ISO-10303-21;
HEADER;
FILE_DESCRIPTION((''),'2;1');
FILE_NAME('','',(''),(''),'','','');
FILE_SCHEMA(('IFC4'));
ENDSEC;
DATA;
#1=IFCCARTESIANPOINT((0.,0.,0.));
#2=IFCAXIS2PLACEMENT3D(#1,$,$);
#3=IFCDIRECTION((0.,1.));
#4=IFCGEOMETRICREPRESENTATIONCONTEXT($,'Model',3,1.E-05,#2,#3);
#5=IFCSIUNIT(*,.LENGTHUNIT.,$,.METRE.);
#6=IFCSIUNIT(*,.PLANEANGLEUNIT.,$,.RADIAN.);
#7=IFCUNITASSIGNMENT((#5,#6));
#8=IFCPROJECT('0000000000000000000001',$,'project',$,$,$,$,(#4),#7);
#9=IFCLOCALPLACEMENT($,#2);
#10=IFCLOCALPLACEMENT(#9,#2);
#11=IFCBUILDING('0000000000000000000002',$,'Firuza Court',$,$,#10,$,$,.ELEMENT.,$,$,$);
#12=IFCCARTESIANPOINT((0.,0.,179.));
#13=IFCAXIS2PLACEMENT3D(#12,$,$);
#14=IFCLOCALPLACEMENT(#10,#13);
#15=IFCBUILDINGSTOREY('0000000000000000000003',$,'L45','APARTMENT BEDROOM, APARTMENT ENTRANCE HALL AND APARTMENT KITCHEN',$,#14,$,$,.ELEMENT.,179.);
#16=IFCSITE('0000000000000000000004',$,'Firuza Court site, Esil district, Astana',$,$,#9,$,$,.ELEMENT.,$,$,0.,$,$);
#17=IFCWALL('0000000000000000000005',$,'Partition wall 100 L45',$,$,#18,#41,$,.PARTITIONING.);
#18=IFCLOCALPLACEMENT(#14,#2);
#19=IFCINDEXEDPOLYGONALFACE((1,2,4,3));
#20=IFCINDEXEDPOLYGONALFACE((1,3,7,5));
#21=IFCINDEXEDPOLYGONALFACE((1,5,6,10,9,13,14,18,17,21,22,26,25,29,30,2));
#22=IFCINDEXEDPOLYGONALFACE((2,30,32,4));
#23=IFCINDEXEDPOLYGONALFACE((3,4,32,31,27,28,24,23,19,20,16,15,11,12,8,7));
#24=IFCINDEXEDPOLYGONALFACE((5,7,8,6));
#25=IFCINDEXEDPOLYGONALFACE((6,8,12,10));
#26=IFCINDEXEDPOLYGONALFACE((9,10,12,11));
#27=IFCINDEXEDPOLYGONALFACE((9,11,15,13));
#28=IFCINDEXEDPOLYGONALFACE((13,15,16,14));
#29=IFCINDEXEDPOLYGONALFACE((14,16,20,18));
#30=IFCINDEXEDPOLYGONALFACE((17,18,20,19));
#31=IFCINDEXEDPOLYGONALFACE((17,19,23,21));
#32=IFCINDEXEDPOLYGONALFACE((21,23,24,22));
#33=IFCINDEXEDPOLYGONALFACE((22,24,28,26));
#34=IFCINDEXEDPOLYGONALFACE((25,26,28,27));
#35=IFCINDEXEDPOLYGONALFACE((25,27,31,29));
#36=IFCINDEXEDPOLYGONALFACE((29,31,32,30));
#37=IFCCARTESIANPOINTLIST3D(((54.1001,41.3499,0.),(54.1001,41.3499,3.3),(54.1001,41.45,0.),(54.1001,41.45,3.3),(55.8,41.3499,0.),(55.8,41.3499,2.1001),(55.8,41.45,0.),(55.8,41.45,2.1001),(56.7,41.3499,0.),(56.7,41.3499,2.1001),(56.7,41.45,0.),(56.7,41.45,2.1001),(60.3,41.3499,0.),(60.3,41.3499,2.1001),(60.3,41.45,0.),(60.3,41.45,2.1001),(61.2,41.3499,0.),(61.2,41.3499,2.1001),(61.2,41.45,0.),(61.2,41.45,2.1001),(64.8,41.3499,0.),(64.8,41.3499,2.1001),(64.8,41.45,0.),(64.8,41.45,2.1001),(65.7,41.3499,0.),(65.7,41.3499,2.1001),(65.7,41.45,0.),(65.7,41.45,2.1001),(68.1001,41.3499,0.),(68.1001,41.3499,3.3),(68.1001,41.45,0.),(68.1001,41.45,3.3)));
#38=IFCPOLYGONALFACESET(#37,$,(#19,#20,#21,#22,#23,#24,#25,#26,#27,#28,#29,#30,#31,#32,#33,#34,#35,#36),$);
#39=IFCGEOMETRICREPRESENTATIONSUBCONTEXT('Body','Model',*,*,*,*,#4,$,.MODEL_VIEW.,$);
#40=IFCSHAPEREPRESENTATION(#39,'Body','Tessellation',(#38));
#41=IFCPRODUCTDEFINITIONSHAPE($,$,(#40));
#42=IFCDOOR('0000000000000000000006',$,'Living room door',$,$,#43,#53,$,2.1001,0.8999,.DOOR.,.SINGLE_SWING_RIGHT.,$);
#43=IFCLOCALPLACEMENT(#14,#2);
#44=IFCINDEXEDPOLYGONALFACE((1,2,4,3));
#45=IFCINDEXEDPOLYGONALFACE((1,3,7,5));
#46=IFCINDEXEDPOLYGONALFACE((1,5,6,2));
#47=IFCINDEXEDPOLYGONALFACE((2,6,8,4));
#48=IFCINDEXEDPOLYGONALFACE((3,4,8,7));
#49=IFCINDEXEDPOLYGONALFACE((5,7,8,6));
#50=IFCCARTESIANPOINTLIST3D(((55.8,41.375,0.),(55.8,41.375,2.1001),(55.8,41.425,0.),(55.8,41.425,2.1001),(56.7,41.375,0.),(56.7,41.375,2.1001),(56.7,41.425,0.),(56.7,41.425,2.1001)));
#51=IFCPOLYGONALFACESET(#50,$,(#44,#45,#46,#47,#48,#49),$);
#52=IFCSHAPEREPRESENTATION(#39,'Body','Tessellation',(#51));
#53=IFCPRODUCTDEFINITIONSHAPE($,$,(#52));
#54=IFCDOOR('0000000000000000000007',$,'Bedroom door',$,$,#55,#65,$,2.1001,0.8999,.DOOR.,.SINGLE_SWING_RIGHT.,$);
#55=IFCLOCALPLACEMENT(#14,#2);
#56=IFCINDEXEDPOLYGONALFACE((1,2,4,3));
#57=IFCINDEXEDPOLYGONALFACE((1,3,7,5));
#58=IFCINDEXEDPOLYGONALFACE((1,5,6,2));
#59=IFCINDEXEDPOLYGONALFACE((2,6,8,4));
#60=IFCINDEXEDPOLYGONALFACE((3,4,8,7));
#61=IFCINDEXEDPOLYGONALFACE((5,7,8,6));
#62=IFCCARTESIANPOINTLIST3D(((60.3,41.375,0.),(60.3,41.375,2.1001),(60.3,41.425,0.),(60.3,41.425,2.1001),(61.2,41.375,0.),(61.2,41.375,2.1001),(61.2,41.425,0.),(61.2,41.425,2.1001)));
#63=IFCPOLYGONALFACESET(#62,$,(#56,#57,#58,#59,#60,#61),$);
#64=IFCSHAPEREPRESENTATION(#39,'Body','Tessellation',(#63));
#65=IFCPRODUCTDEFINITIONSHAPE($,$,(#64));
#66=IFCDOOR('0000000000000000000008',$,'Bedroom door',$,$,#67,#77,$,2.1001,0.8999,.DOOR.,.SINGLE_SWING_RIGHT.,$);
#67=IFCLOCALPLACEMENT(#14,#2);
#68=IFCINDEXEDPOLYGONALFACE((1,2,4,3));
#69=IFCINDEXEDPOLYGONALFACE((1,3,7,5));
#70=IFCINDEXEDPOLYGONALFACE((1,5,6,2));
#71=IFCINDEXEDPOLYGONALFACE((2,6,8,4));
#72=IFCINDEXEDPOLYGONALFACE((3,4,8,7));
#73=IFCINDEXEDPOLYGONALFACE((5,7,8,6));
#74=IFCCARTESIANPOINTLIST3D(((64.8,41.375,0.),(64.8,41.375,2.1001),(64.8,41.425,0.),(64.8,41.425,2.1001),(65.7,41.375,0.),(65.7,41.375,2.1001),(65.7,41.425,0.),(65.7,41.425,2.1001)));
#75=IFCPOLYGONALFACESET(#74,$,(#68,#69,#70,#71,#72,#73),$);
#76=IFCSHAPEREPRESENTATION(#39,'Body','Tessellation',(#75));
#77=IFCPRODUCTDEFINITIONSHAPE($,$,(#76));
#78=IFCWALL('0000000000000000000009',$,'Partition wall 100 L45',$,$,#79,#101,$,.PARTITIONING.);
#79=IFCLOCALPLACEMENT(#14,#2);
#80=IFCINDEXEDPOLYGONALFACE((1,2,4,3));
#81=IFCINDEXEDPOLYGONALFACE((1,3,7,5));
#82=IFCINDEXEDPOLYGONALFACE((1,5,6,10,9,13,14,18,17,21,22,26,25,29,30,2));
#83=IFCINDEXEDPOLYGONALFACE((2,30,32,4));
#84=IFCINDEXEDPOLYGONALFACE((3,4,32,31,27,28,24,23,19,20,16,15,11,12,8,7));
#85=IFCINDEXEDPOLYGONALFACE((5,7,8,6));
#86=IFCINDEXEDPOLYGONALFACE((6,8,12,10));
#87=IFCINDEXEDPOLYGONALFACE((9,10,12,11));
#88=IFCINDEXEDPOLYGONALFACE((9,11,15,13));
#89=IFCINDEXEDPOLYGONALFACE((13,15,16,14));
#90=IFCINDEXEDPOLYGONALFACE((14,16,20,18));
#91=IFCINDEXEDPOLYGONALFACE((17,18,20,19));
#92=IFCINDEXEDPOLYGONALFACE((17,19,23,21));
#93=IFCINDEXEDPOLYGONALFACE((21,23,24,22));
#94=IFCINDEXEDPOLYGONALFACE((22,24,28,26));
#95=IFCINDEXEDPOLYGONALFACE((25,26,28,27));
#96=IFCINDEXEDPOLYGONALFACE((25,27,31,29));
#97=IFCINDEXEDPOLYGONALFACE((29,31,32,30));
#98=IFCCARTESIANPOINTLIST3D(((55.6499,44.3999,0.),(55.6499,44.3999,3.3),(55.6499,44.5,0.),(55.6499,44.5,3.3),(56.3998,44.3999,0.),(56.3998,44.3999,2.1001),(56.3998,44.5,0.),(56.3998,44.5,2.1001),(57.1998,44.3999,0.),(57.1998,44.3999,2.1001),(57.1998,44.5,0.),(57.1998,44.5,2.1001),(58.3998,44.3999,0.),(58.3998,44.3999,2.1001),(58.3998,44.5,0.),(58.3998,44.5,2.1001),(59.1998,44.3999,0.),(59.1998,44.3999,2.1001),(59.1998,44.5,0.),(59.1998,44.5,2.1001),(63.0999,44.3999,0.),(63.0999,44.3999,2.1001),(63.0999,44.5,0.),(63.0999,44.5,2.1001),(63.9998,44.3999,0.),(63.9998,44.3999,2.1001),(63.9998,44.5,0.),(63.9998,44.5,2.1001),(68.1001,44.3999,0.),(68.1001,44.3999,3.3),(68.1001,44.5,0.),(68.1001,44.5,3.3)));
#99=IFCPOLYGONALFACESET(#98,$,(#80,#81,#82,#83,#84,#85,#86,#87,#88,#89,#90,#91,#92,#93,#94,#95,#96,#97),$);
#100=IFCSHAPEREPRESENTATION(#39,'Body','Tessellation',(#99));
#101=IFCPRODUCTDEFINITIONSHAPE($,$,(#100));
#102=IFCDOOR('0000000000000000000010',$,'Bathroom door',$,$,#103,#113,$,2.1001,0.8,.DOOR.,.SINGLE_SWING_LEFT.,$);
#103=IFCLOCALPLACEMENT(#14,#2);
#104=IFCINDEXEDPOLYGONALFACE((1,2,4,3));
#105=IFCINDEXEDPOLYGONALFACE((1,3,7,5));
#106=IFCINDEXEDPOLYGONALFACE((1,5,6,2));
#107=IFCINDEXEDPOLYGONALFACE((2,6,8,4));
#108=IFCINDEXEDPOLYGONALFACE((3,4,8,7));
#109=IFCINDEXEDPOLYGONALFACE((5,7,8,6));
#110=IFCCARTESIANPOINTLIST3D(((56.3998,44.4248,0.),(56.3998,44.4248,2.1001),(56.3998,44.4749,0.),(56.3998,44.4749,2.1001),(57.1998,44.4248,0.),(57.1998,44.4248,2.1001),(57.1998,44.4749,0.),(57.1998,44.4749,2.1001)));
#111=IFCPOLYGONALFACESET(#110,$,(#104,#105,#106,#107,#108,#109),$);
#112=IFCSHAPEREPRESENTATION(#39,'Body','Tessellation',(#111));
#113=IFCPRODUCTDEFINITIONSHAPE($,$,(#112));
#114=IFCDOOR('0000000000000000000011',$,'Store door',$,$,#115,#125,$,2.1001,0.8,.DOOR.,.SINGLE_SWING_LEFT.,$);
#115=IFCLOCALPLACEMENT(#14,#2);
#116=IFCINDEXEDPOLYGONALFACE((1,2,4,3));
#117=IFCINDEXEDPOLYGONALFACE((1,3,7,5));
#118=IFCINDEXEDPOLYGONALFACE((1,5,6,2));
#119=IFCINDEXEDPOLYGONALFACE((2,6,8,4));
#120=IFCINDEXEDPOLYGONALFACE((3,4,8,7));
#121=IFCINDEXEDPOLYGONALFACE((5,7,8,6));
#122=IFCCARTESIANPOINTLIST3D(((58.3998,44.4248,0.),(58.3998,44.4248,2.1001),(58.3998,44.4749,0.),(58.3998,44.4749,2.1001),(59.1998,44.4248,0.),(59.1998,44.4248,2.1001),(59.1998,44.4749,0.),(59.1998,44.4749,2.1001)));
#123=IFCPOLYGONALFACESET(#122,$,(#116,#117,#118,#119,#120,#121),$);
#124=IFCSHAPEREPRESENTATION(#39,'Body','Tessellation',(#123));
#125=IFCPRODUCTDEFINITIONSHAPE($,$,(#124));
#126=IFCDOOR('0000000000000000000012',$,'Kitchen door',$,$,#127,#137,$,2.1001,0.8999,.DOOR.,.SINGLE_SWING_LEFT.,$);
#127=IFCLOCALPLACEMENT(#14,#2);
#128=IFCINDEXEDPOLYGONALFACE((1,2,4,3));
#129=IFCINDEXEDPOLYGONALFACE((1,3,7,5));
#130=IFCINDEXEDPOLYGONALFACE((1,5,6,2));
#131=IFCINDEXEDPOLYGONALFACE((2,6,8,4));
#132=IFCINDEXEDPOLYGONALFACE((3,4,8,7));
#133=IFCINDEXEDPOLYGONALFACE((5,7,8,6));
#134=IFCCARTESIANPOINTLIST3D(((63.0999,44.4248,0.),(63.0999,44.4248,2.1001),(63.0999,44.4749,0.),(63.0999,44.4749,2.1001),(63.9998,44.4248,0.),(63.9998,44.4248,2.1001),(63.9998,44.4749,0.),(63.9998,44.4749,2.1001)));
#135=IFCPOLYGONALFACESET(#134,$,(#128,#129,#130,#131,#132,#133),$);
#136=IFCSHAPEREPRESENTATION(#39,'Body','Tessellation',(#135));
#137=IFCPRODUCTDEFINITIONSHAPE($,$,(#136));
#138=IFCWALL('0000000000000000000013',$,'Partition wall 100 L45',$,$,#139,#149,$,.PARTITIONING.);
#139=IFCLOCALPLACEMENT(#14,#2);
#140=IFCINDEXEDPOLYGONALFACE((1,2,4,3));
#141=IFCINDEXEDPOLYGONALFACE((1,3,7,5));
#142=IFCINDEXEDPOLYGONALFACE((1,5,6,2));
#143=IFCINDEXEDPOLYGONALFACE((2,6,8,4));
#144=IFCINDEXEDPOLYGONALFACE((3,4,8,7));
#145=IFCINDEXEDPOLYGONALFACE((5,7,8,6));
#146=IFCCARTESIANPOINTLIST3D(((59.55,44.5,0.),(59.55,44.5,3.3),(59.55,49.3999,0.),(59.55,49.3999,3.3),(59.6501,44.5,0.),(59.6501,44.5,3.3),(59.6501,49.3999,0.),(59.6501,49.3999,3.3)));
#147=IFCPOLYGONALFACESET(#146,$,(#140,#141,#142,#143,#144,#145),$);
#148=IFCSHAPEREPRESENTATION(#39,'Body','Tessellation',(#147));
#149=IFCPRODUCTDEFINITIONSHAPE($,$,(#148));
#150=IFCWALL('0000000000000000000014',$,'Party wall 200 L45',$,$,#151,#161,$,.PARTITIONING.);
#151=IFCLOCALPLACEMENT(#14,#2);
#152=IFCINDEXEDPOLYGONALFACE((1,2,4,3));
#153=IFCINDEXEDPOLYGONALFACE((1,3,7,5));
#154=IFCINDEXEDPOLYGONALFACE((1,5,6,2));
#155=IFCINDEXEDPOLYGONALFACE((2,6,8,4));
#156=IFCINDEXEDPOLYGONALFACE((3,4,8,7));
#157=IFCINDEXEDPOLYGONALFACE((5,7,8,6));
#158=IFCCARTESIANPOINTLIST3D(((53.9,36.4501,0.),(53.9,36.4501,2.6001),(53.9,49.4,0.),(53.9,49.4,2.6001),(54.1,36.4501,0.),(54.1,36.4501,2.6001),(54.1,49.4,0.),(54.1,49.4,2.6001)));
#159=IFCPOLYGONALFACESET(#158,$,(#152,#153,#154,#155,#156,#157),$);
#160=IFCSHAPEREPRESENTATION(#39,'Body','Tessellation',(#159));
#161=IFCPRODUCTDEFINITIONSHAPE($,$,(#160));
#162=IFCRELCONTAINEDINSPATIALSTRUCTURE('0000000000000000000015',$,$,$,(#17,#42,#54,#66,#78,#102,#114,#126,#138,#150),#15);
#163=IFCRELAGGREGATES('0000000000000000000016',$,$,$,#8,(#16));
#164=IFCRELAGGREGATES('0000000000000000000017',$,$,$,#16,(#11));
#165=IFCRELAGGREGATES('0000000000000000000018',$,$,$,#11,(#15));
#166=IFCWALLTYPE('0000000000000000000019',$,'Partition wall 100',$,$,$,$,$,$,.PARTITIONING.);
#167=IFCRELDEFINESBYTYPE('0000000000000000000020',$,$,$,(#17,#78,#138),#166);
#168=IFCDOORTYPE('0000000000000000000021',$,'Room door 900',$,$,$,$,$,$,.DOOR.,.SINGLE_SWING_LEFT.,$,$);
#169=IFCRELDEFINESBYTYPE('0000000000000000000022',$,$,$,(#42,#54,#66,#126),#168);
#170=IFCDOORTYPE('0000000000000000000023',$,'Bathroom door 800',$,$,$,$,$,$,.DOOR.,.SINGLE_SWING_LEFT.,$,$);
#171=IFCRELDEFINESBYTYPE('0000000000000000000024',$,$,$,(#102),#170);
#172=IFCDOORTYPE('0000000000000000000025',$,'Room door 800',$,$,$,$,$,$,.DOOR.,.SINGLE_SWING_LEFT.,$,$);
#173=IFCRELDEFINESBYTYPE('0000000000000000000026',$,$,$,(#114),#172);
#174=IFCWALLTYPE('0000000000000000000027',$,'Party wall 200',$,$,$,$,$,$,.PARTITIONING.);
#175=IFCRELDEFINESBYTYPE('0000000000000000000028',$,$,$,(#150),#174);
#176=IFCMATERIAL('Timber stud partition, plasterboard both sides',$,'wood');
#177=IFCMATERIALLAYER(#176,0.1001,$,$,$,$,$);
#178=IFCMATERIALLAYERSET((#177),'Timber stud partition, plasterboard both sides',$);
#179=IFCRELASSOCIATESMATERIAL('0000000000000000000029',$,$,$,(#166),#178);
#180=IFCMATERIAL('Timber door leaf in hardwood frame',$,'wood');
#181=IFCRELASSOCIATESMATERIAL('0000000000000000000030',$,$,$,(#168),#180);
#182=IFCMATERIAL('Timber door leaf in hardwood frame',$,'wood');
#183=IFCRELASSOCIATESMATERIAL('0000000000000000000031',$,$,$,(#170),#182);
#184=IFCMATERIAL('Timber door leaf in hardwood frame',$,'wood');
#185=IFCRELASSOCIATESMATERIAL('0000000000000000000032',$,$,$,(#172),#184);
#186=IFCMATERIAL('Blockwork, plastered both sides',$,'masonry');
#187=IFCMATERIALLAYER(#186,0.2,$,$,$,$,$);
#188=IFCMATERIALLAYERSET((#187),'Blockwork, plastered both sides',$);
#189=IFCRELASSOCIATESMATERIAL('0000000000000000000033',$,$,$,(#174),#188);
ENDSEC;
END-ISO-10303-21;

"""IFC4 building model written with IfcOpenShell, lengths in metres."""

from ifc_helpers import new_model, si_unit, direction, frame, frame_2d, origin, place, context, subcontext, project, spatial, rectangle, extrude, material, layer, layer_set, type_object, element, fill, save


model = new_model("IFC4")

# Units and contexts
model_context = context("Model", 3, precision=1e-05, world=origin(), true_north=direction((0.0, 1.0)))
body_context = subcontext(model_context, "Body", "Model", "MODEL_VIEW")
ifc_project = project(units=[si_unit("LENGTHUNIT", "METRE"), si_unit("PLANEANGLEUNIT", "RADIAN")], contexts=[model_context])

# Site, building, storey
site_placement = place(None, origin())
site = spatial("IfcSite", under=ifc_project, at=site_placement, Name="Firuza Court site, Esil district, Astana", CompositionType="ELEMENT", RefElevation=0.0)
building_placement = place(site_placement, origin())
building = spatial("IfcBuilding", under=site, at=building_placement, Name="Firuza Court", CompositionType="ELEMENT")
storey_placement = place(building_placement, frame((0.0, 0.0, 179.0)))
storey = spatial("IfcBuildingStorey", under=building, at=storey_placement, Name="L45", Description="APARTMENT BEDROOM, APARTMENT ENTRANCE HALL AND APARTMENT KITCHEN", CompositionType="ELEMENT", Elevation=179.0)

# Shared definitions
ifc_material_1 = material(Name="Timber stud partition, plasterboard both sides", Category="wood")
ifc_layer_1 = layer(ifc_material_1, 0.1001)
ifc_layer_set_1 = layer_set([ifc_layer_1], Name="Timber stud partition, plasterboard both sides")
wall_type_1 = type_object("IfcWallType", Name="Partition wall 100", PredefinedType="PARTITIONING", material=ifc_layer_set_1)

# Walls, openings, doors
wall_1_placement = place(storey_placement, frame((54.1001, 41.3999, 0.0), z_axis=(0.0, 0.0, 1.0), x_axis=(1.0, 0.0, 0.0)))
wall_1 = element("IfcWall", 1, at=wall_1_placement, inside=storey, type_object=wall_type_1, Name="Partition wall 100 L45", PredefinedType="PARTITIONING", context=body_context, shape_type="SweptSolid", body=[
    extrude(rectangle(XDim=14.0, YDim=0.1001, at=frame_2d((7.0, 0.0))), origin(), (0.0, 0.0, 1.0), 3.3),
])
opening_1_placement = place(wall_1_placement, frame((1.7, 0.0, 0.0)))
opening_1 = element("IfcOpeningElement", 2, at=opening_1_placement, cuts=wall_1, PredefinedType="OPENING", context=body_context, shape_type="SweptSolid", body=[
    extrude(rectangle(XDim=0.8999, YDim=2.1001, at=frame_2d((0.45, 1.05))), frame((0.0, 0.062, 0.0), z_axis=(0.0, -1.0, 0.0), x_axis=(1.0, 0.0, 0.0)), (0.0, 0.0, 1.0), 0.124),
])
opening_2_placement = place(wall_1_placement, frame((6.2, 0.0, 0.0)))
opening_2 = element("IfcOpeningElement", 3, at=opening_2_placement, cuts=wall_1, PredefinedType="OPENING", context=body_context, shape_type="SweptSolid", body=[
    extrude(rectangle(XDim=0.8999, YDim=2.1001, at=frame_2d((0.45, 1.05))), frame((0.0, 0.062, 0.0), z_axis=(0.0, -1.0, 0.0), x_axis=(1.0, 0.0, 0.0)), (0.0, 0.0, 1.0), 0.124),
])
opening_3_placement = place(wall_1_placement, frame((10.7, 0.0, 0.0)))
opening_3 = element("IfcOpeningElement", 4, at=opening_3_placement, cuts=wall_1, PredefinedType="OPENING", context=body_context, shape_type="SweptSolid", body=[
    extrude(rectangle(XDim=0.8999, YDim=2.1001, at=frame_2d((0.45, 1.05))), frame((0.0, 0.062, 0.0), z_axis=(0.0, -1.0, 0.0), x_axis=(1.0, 0.0, 0.0)), (0.0, 0.0, 1.0), 0.124),
])
ifc_material_2 = material(Name="Timber door leaf in hardwood frame", Category="wood")
door_type_1 = type_object("IfcDoorType", Name="Room door 900", OperationType="SINGLE_SWING_LEFT", PredefinedType="DOOR", material=ifc_material_2)
door_1_placement = place(opening_1_placement, frame((0.8999, 0.0, 0.0), z_axis=(0.0, 0.0, 1.0), x_axis=(-1.0, 0.0, 0.0)))
door_1 = element("IfcDoor", 5, at=door_1_placement, inside=storey, type_object=door_type_1, Name="Living room door", OperationType="SINGLE_SWING_RIGHT", OverallHeight=2.1001, OverallWidth=0.8999, PredefinedType="DOOR", context=body_context, shape_type="SweptSolid", body=[
    extrude(rectangle(XDim=0.8999, YDim=2.1001, at=frame_2d((0.45, 1.05))), frame((0.0, 0.0249, 0.0), z_axis=(0.0, -1.0, 0.0), x_axis=(1.0, 0.0, 0.0)), (0.0, 0.0, 1.0), 0.05),
])
fill(opening_1, door_1)
door_2_placement = place(opening_2_placement, frame((0.8999, 0.0, 0.0), z_axis=(0.0, 0.0, 1.0), x_axis=(-1.0, 0.0, 0.0)))
door_2 = element("IfcDoor", 6, at=door_2_placement, inside=storey, type_object=door_type_1, Name="Bedroom door", OperationType="SINGLE_SWING_RIGHT", OverallHeight=2.1001, OverallWidth=0.8999, PredefinedType="DOOR", context=body_context, shape_type="SweptSolid", body=[
    extrude(rectangle(XDim=0.8999, YDim=2.1001, at=frame_2d((0.45, 1.05))), frame((0.0, 0.0249, 0.0), z_axis=(0.0, -1.0, 0.0), x_axis=(1.0, 0.0, 0.0)), (0.0, 0.0, 1.0), 0.05),
])
fill(opening_2, door_2)
door_3_placement = place(opening_3_placement, frame((0.8999, 0.0, 0.0), z_axis=(0.0, 0.0, 1.0), x_axis=(-1.0, 0.0, 0.0)))
door_3 = element("IfcDoor", 7, at=door_3_placement, inside=storey, type_object=door_type_1, Name="Bedroom door", OperationType="SINGLE_SWING_RIGHT", OverallHeight=2.1001, OverallWidth=0.8999, PredefinedType="DOOR", context=body_context, shape_type="SweptSolid", body=[
    extrude(rectangle(XDim=0.8999, YDim=2.1001, at=frame_2d((0.45, 1.05))), frame((0.0, 0.0249, 0.0), z_axis=(0.0, -1.0, 0.0), x_axis=(1.0, 0.0, 0.0)), (0.0, 0.0, 1.0), 0.05),
])
fill(opening_3, door_3)
wall_2_placement = place(storey_placement, frame((55.6499, 44.45, 0.0), z_axis=(0.0, 0.0, 1.0), x_axis=(1.0, 0.0, 0.0)))
wall_2 = element("IfcWall", 8, at=wall_2_placement, inside=storey, type_object=wall_type_1, Name="Partition wall 100 L45", PredefinedType="PARTITIONING", context=body_context, shape_type="SweptSolid", body=[
    extrude(rectangle(XDim=12.4502, YDim=0.1001, at=frame_2d((6.2251, 0.0))), origin(), (0.0, 0.0, 1.0), 3.3),
])
opening_4_placement = place(wall_2_placement, frame((0.75, 0.0, 0.0)))
opening_4 = element("IfcOpeningElement", 9, at=opening_4_placement, cuts=wall_2, PredefinedType="OPENING", context=body_context, shape_type="SweptSolid", body=[
    extrude(rectangle(XDim=0.8, YDim=2.1001, at=frame_2d((0.3999, 1.05))), frame((0.0, 0.062, 0.0), z_axis=(0.0, -1.0, 0.0), x_axis=(1.0, 0.0, 0.0)), (0.0, 0.0, 1.0), 0.124),
])
opening_5_placement = place(wall_2_placement, frame((7.45, 0.0, 0.0)))
opening_5 = element("IfcOpeningElement", 10, at=opening_5_placement, cuts=wall_2, PredefinedType="OPENING", context=body_context, shape_type="SweptSolid", body=[
    extrude(rectangle(XDim=0.8999, YDim=2.1001, at=frame_2d((0.45, 1.05))), frame((0.0, 0.062, 0.0), z_axis=(0.0, -1.0, 0.0), x_axis=(1.0, 0.0, 0.0)), (0.0, 0.0, 1.0), 0.124),
])
opening_6_placement = place(wall_2_placement, frame((2.75, 0.0, 0.0)))
opening_6 = element("IfcOpeningElement", 11, at=opening_6_placement, cuts=wall_2, PredefinedType="OPENING", context=body_context, shape_type="SweptSolid", body=[
    extrude(rectangle(XDim=0.8, YDim=2.1001, at=frame_2d((0.3999, 1.05))), frame((0.0, 0.062, 0.0), z_axis=(0.0, -1.0, 0.0), x_axis=(1.0, 0.0, 0.0)), (0.0, 0.0, 1.0), 0.124),
])
ifc_material_3 = material(Name="Timber door leaf in hardwood frame", Category="wood")
door_type_2 = type_object("IfcDoorType", Name="Bathroom door 800", OperationType="SINGLE_SWING_LEFT", PredefinedType="DOOR", material=ifc_material_3)
door_4_placement = place(opening_4_placement, origin())
door_4 = element("IfcDoor", 12, at=door_4_placement, inside=storey, type_object=door_type_2, Name="Bathroom door", OperationType="SINGLE_SWING_LEFT", OverallHeight=2.1001, OverallWidth=0.8, PredefinedType="DOOR", context=body_context, shape_type="SweptSolid", body=[
    extrude(rectangle(XDim=0.8, YDim=2.1001, at=frame_2d((0.3999, 1.05))), frame((0.0, 0.0249, 0.0), z_axis=(0.0, -1.0, 0.0), x_axis=(1.0, 0.0, 0.0)), (0.0, 0.0, 1.0), 0.05),
])
fill(opening_4, door_4)
ifc_material_4 = material(Name="Timber door leaf in hardwood frame", Category="wood")
door_type_3 = type_object("IfcDoorType", Name="Room door 800", OperationType="SINGLE_SWING_LEFT", PredefinedType="DOOR", material=ifc_material_4)
door_5_placement = place(opening_6_placement, origin())
door_5 = element("IfcDoor", 13, at=door_5_placement, inside=storey, type_object=door_type_3, Name="Store door", OperationType="SINGLE_SWING_LEFT", OverallHeight=2.1001, OverallWidth=0.8, PredefinedType="DOOR", context=body_context, shape_type="SweptSolid", body=[
    extrude(rectangle(XDim=0.8, YDim=2.1001, at=frame_2d((0.3999, 1.05))), frame((0.0, 0.0249, 0.0), z_axis=(0.0, -1.0, 0.0), x_axis=(1.0, 0.0, 0.0)), (0.0, 0.0, 1.0), 0.05),
])
fill(opening_6, door_5)
door_6_placement = place(opening_5_placement, origin())
door_6 = element("IfcDoor", 14, at=door_6_placement, inside=storey, type_object=door_type_1, Name="Kitchen door", OperationType="SINGLE_SWING_LEFT", OverallHeight=2.1001, OverallWidth=0.8999, PredefinedType="DOOR", context=body_context, shape_type="SweptSolid", body=[
    extrude(rectangle(XDim=0.8999, YDim=2.1001, at=frame_2d((0.45, 1.05))), frame((0.0, 0.0249, 0.0), z_axis=(0.0, -1.0, 0.0), x_axis=(1.0, 0.0, 0.0)), (0.0, 0.0, 1.0), 0.05),
])
fill(opening_5, door_6)

# Walls
wall_3_placement = place(storey_placement, frame((59.6001, 44.5, 0.0), z_axis=(0.0, 0.0, 1.0), x_axis=(0.0, 1.0, 0.0)))
element("IfcWall", 15, at=wall_3_placement, inside=storey, type_object=wall_type_1, Name="Partition wall 100 L45", PredefinedType="PARTITIONING", context=body_context, shape_type="SweptSolid", body=[
    extrude(rectangle(XDim=4.8999, YDim=0.1001, at=frame_2d((2.45, 0.0))), origin(), (0.0, 0.0, 1.0), 3.3),
])
ifc_material_5 = material(Name="Blockwork, plastered both sides", Category="masonry")
ifc_layer_2 = layer(ifc_material_5, 0.2)
ifc_layer_set_2 = layer_set([ifc_layer_2], Name="Blockwork, plastered both sides")
wall_type_2 = type_object("IfcWallType", Name="Party wall 200", PredefinedType="PARTITIONING", material=ifc_layer_set_2)
wall_4_placement = place(storey_placement, frame((54.0, 36.45, 0.0), z_axis=(0.0, 0.0, 1.0), x_axis=(0.0, 1.0, 0.0)))
element("IfcWall", 16, at=wall_4_placement, inside=storey, type_object=wall_type_2, Name="Party wall 200 L45", PredefinedType="PARTITIONING", context=body_context, shape_type="SweptSolid", body=[
    extrude(rectangle(XDim=12.95, YDim=0.2, at=frame_2d((6.4751, 0.0))), origin(), (0.0, 0.0, 1.0), 2.6001),
])

save(model, "model.ifc")
